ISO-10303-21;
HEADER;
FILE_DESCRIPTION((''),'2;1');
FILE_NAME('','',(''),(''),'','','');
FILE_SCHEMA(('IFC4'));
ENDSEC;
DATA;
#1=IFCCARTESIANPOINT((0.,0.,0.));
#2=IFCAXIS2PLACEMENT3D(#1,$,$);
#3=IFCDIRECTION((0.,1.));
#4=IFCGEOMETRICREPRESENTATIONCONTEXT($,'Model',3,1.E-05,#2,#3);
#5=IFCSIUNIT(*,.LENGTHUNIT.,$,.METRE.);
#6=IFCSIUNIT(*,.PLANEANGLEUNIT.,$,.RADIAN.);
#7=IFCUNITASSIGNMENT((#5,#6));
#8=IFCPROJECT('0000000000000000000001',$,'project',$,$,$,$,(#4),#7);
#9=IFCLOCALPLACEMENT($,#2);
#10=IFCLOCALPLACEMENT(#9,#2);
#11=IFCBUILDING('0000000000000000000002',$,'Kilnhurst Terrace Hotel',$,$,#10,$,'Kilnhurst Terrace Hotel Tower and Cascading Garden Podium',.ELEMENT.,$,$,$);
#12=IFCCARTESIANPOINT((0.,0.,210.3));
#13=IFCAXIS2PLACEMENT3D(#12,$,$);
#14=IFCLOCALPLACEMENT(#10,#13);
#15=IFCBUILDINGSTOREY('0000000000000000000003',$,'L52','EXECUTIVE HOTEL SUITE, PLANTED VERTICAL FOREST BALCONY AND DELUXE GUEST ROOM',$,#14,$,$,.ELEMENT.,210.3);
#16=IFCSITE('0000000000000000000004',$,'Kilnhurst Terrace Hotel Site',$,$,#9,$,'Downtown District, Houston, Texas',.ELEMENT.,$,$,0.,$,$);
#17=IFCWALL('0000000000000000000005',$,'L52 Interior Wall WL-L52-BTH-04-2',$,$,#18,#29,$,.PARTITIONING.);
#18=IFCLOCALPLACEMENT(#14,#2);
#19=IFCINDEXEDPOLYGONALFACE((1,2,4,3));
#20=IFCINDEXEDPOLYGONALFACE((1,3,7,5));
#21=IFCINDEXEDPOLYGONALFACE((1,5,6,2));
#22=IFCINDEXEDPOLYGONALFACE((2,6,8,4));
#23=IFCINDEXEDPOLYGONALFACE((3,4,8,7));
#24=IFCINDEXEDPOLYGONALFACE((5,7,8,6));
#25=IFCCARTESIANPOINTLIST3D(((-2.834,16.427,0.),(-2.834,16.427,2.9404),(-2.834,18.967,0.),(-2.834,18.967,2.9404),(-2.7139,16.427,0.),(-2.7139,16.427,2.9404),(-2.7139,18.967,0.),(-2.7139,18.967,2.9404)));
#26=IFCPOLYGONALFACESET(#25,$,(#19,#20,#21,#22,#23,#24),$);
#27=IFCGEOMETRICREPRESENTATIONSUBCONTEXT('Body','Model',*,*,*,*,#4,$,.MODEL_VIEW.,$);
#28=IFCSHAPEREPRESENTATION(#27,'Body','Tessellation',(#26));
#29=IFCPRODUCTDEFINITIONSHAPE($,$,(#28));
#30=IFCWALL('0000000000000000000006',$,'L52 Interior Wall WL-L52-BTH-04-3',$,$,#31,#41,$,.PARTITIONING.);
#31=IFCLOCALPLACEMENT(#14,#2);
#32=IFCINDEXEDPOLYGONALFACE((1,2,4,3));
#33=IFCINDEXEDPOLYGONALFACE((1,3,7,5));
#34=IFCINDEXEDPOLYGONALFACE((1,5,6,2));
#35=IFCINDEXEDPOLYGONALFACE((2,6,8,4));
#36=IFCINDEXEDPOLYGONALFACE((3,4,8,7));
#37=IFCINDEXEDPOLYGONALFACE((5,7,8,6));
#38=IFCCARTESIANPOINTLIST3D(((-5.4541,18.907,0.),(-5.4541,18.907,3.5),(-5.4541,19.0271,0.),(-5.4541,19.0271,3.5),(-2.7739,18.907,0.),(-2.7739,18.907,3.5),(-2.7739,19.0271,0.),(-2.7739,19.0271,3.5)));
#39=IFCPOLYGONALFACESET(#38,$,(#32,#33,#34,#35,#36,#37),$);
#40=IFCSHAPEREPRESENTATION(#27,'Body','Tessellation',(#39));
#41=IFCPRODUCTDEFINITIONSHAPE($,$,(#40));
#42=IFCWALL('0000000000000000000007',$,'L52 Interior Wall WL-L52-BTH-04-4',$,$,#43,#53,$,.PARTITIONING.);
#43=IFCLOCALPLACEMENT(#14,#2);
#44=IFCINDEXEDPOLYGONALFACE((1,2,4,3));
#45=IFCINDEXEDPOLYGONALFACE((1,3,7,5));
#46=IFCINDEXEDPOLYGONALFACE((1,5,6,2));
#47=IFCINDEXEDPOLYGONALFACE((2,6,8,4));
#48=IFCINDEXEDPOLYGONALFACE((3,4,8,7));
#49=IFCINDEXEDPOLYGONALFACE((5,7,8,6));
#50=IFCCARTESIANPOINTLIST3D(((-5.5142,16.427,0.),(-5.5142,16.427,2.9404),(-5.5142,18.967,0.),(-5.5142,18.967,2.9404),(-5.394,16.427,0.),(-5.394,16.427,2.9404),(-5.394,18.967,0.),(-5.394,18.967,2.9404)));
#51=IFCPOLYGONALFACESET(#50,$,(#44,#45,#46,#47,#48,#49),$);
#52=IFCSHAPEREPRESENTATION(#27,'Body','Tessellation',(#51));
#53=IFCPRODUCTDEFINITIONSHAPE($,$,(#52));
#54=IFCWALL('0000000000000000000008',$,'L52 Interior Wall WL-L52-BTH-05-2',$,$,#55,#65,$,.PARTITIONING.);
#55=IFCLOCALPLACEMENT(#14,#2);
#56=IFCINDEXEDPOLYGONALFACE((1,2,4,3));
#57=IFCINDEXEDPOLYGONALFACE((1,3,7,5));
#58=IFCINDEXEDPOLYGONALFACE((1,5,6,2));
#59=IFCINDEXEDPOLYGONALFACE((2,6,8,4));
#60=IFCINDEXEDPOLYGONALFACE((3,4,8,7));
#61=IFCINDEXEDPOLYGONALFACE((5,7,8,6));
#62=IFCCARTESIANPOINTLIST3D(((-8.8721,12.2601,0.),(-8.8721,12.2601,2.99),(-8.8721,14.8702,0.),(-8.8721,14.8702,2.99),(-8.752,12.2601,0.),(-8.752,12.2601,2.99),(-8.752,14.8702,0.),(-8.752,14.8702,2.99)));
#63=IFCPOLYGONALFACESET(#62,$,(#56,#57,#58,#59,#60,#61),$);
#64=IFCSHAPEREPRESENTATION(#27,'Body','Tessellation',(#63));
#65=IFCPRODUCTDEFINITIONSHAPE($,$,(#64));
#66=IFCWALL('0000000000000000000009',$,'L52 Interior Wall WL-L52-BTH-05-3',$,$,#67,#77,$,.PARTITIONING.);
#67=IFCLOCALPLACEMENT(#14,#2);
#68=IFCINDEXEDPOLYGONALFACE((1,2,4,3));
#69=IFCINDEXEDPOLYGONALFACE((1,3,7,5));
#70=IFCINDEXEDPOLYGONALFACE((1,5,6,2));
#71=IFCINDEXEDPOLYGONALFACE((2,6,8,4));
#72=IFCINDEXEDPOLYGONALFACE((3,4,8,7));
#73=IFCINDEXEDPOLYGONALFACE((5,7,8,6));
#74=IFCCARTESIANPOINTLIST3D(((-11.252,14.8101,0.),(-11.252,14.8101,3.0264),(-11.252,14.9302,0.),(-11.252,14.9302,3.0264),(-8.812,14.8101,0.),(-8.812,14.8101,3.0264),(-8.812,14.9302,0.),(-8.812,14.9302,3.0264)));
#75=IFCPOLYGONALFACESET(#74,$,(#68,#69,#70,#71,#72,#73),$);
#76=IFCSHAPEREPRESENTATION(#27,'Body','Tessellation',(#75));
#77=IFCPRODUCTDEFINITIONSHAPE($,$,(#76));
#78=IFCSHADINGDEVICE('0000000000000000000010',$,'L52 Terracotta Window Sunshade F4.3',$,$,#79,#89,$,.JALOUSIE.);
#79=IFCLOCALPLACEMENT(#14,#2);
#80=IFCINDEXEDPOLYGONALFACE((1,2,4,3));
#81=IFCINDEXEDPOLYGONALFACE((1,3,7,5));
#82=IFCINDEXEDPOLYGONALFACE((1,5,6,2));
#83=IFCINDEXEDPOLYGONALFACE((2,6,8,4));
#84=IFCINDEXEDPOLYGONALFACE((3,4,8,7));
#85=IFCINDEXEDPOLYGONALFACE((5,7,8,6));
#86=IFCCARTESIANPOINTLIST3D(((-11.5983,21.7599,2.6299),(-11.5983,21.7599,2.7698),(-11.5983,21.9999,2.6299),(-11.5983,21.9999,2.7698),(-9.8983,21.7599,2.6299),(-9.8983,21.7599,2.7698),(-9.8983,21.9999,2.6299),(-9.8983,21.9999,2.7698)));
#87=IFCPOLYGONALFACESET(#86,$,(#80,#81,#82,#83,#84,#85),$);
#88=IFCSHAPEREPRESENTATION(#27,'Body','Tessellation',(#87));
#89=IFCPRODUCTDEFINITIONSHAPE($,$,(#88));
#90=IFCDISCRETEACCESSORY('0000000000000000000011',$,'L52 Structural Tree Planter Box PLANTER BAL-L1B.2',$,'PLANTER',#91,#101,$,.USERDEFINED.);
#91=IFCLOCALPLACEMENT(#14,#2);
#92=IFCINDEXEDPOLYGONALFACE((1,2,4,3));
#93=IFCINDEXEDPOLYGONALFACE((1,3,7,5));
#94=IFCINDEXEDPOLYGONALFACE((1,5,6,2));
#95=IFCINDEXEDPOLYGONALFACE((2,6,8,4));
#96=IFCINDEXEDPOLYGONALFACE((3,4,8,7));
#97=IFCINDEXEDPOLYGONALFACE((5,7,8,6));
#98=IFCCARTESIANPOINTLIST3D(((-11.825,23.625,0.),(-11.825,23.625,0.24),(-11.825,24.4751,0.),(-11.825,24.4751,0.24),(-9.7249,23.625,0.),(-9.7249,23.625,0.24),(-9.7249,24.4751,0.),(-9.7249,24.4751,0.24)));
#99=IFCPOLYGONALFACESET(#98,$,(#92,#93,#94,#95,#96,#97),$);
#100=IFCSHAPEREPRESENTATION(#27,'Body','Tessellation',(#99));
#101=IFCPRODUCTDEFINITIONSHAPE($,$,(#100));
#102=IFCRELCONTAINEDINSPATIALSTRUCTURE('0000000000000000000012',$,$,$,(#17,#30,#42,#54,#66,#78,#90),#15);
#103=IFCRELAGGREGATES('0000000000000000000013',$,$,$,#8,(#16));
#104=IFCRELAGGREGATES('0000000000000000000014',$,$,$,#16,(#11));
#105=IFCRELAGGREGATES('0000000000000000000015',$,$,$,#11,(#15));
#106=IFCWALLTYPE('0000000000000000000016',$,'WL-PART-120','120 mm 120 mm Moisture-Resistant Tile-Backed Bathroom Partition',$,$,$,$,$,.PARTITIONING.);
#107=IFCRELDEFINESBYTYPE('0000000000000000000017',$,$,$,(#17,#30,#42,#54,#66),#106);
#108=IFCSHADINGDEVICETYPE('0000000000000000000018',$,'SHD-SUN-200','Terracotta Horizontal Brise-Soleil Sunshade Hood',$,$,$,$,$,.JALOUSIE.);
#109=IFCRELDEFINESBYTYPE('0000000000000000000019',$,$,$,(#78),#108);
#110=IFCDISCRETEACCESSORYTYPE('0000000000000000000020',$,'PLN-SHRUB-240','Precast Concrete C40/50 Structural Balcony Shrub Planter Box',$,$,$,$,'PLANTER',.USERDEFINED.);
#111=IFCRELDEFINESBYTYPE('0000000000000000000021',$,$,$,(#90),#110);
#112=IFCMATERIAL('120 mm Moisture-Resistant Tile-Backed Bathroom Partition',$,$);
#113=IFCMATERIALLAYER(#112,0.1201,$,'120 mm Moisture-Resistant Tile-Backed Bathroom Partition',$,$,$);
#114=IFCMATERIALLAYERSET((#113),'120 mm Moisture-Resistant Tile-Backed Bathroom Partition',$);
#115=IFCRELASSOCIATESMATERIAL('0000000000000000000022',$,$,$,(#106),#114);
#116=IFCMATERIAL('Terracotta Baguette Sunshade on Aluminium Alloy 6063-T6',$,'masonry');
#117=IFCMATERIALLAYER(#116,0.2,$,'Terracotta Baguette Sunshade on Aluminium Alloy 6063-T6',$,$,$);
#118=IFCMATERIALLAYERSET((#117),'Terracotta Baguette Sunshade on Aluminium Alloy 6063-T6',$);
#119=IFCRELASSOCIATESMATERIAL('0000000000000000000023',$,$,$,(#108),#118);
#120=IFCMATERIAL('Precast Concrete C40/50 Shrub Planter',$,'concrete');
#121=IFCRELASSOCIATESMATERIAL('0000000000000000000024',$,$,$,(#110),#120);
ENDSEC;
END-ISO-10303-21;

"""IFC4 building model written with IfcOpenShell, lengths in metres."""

from ifc_helpers import new_model, si_unit, direction, frame, frame_2d, origin, origin_2d, place, context, subcontext, project, spatial, rectangle, extrude, material, layer, layer_set, type_object, element, save


model = new_model("IFC4")

# Units and contexts
model_context = context("Model", 3, precision=1e-05, world=origin(), true_north=direction((0.0, 1.0)))
body_context = subcontext(model_context, "Body", "Model", "MODEL_VIEW")
ifc_project = project(units=[si_unit("LENGTHUNIT", "METRE"), si_unit("PLANEANGLEUNIT", "RADIAN")], contexts=[model_context])

# Site, building, storey
site_placement = place(None, origin())
site = spatial("IfcSite", under=ifc_project, at=site_placement, Name="Kilnhurst Terrace Hotel Site", LongName="Downtown District, Houston, Texas", CompositionType="ELEMENT", RefElevation=0.0)
building_placement = place(site_placement, origin())
building = spatial("IfcBuilding", under=site, at=building_placement, Name="Kilnhurst Terrace Hotel", LongName="Kilnhurst Terrace Hotel Tower and Cascading Garden Podium", CompositionType="ELEMENT")
storey_placement = place(building_placement, frame((0.0, 0.0, 210.3)))
storey = spatial("IfcBuildingStorey", under=building, at=storey_placement, Name="L52", Description="EXECUTIVE HOTEL SUITE, PLANTED VERTICAL FOREST BALCONY AND DELUXE GUEST ROOM", CompositionType="ELEMENT", Elevation=210.3)

# Shared definitions
ifc_material_1 = material(Name="120 mm Moisture-Resistant Tile-Backed Bathroom Partition")
ifc_layer_1 = layer(ifc_material_1, 0.1201, Name="120 mm Moisture-Resistant Tile-Backed Bathroom Partition")
ifc_layer_set_1 = layer_set([ifc_layer_1], Name="120 mm Moisture-Resistant Tile-Backed Bathroom Partition")
wall_type_1 = type_object("IfcWallType", Name="WL-PART-120", Description="120 mm 120 mm Moisture-Resistant Tile-Backed Bathroom Partition", PredefinedType="PARTITIONING", material=ifc_layer_set_1)

# Walls
wall_1_placement = place(storey_placement, frame((-2.7739, 16.427, 0.0), z_axis=(0.0, 0.0, 1.0), x_axis=(0.0, 1.0, 0.0)))
element("IfcWall", 1, at=wall_1_placement, inside=storey, type_object=wall_type_1, Name="L52 Interior Wall WL-L52-BTH-04-2", PredefinedType="PARTITIONING", context=body_context, shape_type="SweptSolid", body=[
    extrude(rectangle(XDim=2.54, YDim=0.1201, at=frame_2d((1.27, 0.0))), origin(), (0.0, 0.0, 1.0), 2.9404),
])
wall_2_placement = place(storey_placement, frame((-2.7739, 18.967, 0.0), z_axis=(0.0, 0.0, 1.0), x_axis=(-1.0, 0.0, 0.0)))
element("IfcWall", 2, at=wall_2_placement, inside=storey, type_object=wall_type_1, Name="L52 Interior Wall WL-L52-BTH-04-3", PredefinedType="PARTITIONING", context=body_context, shape_type="SweptSolid", body=[
    extrude(rectangle(XDim=2.6802, YDim=0.1201, at=frame_2d((1.3401, 0.0))), origin(), (0.0, 0.0, 1.0), 3.5),
])
wall_3_placement = place(storey_placement, frame((-5.4541, 18.967, 0.0), z_axis=(0.0, 0.0, 1.0), x_axis=(0.0, -1.0, 0.0)))
element("IfcWall", 3, at=wall_3_placement, inside=storey, type_object=wall_type_1, Name="L52 Interior Wall WL-L52-BTH-04-4", PredefinedType="PARTITIONING", context=body_context, shape_type="SweptSolid", body=[
    extrude(rectangle(XDim=2.54, YDim=0.1201, at=frame_2d((1.27, 0.0))), origin(), (0.0, 0.0, 1.0), 2.9404),
])
wall_4_placement = place(storey_placement, frame((-8.812, 12.26, 0.0), z_axis=(0.0, 0.0, 1.0), x_axis=(0.0, 1.0, 0.0)))
element("IfcWall", 4, at=wall_4_placement, inside=storey, type_object=wall_type_1, Name="L52 Interior Wall WL-L52-BTH-05-2", PredefinedType="PARTITIONING", context=body_context, shape_type="SweptSolid", body=[
    extrude(rectangle(XDim=2.6101, YDim=0.1201, at=frame_2d((1.3052, 0.0))), origin(), (0.0, 0.0, 1.0), 2.99),
])
wall_5_placement = place(storey_placement, frame((-8.812, 14.8701, 0.0), z_axis=(0.0, 0.0, 1.0), x_axis=(-1.0, 0.0, 0.0)))
element("IfcWall", 5, at=wall_5_placement, inside=storey, type_object=wall_type_1, Name="L52 Interior Wall WL-L52-BTH-05-3", PredefinedType="PARTITIONING", context=body_context, shape_type="SweptSolid", body=[
    extrude(rectangle(XDim=2.4399, YDim=0.1201, at=frame_2d((1.22, 0.0))), origin(), (0.0, 0.0, 1.0), 3.0264),
])

# Shading device
ifc_material_2 = material(Name="Terracotta Baguette Sunshade on Aluminium Alloy 6063-T6", Category="masonry")
ifc_layer_2 = layer(ifc_material_2, 0.2, Name="Terracotta Baguette Sunshade on Aluminium Alloy 6063-T6")
ifc_layer_set_2 = layer_set([ifc_layer_2], Name="Terracotta Baguette Sunshade on Aluminium Alloy 6063-T6")
shading_device_type = type_object("IfcShadingDeviceType", Name="SHD-SUN-200", Description="Terracotta Horizontal Brise-Soleil Sunshade Hood", PredefinedType="JALOUSIE", material=ifc_layer_set_2)
shading_device_placement = place(storey_placement, frame((-10.7483, 21.8799, 2.6299), z_axis=(0.0, 0.0, 1.0), x_axis=(-1.0, 0.0, 0.0)))
element("IfcShadingDevice", 6, at=shading_device_placement, inside=storey, type_object=shading_device_type, Name="L52 Terracotta Window Sunshade F4.3", PredefinedType="JALOUSIE", context=body_context, shape_type="SweptSolid", body=[
    extrude(rectangle(XDim=1.7, YDim=0.24, at=origin_2d()), origin(), (0.0, 0.0, 1.0), 0.1399),
])

# Discrete accessory
ifc_material_3 = material(Name="Precast Concrete C40/50 Shrub Planter", Category="concrete")
discrete_accessory_type = type_object("IfcDiscreteAccessoryType", Name="PLN-SHRUB-240", Description="Precast Concrete C40/50 Structural Balcony Shrub Planter Box", ElementType="PLANTER", PredefinedType="USERDEFINED", material=ifc_material_3)
discrete_accessory_placement = place(storey_placement, frame((-10.7749, 24.05, 0.0), z_axis=(0.0, 0.0, 1.0), x_axis=(-1.0, 0.0, 0.0)))
element("IfcDiscreteAccessory", 7, at=discrete_accessory_placement, inside=storey, type_object=discrete_accessory_type, Name="L52 Structural Tree Planter Box PLANTER BAL-L1B.2", ObjectType="PLANTER", PredefinedType="USERDEFINED", context=body_context, shape_type="SweptSolid", body=[
    extrude(rectangle(XDim=2.1001, YDim=0.8501, at=origin_2d()), origin(), (0.0, 0.0, 1.0), 0.24),
])

save(model, "model.ifc")
